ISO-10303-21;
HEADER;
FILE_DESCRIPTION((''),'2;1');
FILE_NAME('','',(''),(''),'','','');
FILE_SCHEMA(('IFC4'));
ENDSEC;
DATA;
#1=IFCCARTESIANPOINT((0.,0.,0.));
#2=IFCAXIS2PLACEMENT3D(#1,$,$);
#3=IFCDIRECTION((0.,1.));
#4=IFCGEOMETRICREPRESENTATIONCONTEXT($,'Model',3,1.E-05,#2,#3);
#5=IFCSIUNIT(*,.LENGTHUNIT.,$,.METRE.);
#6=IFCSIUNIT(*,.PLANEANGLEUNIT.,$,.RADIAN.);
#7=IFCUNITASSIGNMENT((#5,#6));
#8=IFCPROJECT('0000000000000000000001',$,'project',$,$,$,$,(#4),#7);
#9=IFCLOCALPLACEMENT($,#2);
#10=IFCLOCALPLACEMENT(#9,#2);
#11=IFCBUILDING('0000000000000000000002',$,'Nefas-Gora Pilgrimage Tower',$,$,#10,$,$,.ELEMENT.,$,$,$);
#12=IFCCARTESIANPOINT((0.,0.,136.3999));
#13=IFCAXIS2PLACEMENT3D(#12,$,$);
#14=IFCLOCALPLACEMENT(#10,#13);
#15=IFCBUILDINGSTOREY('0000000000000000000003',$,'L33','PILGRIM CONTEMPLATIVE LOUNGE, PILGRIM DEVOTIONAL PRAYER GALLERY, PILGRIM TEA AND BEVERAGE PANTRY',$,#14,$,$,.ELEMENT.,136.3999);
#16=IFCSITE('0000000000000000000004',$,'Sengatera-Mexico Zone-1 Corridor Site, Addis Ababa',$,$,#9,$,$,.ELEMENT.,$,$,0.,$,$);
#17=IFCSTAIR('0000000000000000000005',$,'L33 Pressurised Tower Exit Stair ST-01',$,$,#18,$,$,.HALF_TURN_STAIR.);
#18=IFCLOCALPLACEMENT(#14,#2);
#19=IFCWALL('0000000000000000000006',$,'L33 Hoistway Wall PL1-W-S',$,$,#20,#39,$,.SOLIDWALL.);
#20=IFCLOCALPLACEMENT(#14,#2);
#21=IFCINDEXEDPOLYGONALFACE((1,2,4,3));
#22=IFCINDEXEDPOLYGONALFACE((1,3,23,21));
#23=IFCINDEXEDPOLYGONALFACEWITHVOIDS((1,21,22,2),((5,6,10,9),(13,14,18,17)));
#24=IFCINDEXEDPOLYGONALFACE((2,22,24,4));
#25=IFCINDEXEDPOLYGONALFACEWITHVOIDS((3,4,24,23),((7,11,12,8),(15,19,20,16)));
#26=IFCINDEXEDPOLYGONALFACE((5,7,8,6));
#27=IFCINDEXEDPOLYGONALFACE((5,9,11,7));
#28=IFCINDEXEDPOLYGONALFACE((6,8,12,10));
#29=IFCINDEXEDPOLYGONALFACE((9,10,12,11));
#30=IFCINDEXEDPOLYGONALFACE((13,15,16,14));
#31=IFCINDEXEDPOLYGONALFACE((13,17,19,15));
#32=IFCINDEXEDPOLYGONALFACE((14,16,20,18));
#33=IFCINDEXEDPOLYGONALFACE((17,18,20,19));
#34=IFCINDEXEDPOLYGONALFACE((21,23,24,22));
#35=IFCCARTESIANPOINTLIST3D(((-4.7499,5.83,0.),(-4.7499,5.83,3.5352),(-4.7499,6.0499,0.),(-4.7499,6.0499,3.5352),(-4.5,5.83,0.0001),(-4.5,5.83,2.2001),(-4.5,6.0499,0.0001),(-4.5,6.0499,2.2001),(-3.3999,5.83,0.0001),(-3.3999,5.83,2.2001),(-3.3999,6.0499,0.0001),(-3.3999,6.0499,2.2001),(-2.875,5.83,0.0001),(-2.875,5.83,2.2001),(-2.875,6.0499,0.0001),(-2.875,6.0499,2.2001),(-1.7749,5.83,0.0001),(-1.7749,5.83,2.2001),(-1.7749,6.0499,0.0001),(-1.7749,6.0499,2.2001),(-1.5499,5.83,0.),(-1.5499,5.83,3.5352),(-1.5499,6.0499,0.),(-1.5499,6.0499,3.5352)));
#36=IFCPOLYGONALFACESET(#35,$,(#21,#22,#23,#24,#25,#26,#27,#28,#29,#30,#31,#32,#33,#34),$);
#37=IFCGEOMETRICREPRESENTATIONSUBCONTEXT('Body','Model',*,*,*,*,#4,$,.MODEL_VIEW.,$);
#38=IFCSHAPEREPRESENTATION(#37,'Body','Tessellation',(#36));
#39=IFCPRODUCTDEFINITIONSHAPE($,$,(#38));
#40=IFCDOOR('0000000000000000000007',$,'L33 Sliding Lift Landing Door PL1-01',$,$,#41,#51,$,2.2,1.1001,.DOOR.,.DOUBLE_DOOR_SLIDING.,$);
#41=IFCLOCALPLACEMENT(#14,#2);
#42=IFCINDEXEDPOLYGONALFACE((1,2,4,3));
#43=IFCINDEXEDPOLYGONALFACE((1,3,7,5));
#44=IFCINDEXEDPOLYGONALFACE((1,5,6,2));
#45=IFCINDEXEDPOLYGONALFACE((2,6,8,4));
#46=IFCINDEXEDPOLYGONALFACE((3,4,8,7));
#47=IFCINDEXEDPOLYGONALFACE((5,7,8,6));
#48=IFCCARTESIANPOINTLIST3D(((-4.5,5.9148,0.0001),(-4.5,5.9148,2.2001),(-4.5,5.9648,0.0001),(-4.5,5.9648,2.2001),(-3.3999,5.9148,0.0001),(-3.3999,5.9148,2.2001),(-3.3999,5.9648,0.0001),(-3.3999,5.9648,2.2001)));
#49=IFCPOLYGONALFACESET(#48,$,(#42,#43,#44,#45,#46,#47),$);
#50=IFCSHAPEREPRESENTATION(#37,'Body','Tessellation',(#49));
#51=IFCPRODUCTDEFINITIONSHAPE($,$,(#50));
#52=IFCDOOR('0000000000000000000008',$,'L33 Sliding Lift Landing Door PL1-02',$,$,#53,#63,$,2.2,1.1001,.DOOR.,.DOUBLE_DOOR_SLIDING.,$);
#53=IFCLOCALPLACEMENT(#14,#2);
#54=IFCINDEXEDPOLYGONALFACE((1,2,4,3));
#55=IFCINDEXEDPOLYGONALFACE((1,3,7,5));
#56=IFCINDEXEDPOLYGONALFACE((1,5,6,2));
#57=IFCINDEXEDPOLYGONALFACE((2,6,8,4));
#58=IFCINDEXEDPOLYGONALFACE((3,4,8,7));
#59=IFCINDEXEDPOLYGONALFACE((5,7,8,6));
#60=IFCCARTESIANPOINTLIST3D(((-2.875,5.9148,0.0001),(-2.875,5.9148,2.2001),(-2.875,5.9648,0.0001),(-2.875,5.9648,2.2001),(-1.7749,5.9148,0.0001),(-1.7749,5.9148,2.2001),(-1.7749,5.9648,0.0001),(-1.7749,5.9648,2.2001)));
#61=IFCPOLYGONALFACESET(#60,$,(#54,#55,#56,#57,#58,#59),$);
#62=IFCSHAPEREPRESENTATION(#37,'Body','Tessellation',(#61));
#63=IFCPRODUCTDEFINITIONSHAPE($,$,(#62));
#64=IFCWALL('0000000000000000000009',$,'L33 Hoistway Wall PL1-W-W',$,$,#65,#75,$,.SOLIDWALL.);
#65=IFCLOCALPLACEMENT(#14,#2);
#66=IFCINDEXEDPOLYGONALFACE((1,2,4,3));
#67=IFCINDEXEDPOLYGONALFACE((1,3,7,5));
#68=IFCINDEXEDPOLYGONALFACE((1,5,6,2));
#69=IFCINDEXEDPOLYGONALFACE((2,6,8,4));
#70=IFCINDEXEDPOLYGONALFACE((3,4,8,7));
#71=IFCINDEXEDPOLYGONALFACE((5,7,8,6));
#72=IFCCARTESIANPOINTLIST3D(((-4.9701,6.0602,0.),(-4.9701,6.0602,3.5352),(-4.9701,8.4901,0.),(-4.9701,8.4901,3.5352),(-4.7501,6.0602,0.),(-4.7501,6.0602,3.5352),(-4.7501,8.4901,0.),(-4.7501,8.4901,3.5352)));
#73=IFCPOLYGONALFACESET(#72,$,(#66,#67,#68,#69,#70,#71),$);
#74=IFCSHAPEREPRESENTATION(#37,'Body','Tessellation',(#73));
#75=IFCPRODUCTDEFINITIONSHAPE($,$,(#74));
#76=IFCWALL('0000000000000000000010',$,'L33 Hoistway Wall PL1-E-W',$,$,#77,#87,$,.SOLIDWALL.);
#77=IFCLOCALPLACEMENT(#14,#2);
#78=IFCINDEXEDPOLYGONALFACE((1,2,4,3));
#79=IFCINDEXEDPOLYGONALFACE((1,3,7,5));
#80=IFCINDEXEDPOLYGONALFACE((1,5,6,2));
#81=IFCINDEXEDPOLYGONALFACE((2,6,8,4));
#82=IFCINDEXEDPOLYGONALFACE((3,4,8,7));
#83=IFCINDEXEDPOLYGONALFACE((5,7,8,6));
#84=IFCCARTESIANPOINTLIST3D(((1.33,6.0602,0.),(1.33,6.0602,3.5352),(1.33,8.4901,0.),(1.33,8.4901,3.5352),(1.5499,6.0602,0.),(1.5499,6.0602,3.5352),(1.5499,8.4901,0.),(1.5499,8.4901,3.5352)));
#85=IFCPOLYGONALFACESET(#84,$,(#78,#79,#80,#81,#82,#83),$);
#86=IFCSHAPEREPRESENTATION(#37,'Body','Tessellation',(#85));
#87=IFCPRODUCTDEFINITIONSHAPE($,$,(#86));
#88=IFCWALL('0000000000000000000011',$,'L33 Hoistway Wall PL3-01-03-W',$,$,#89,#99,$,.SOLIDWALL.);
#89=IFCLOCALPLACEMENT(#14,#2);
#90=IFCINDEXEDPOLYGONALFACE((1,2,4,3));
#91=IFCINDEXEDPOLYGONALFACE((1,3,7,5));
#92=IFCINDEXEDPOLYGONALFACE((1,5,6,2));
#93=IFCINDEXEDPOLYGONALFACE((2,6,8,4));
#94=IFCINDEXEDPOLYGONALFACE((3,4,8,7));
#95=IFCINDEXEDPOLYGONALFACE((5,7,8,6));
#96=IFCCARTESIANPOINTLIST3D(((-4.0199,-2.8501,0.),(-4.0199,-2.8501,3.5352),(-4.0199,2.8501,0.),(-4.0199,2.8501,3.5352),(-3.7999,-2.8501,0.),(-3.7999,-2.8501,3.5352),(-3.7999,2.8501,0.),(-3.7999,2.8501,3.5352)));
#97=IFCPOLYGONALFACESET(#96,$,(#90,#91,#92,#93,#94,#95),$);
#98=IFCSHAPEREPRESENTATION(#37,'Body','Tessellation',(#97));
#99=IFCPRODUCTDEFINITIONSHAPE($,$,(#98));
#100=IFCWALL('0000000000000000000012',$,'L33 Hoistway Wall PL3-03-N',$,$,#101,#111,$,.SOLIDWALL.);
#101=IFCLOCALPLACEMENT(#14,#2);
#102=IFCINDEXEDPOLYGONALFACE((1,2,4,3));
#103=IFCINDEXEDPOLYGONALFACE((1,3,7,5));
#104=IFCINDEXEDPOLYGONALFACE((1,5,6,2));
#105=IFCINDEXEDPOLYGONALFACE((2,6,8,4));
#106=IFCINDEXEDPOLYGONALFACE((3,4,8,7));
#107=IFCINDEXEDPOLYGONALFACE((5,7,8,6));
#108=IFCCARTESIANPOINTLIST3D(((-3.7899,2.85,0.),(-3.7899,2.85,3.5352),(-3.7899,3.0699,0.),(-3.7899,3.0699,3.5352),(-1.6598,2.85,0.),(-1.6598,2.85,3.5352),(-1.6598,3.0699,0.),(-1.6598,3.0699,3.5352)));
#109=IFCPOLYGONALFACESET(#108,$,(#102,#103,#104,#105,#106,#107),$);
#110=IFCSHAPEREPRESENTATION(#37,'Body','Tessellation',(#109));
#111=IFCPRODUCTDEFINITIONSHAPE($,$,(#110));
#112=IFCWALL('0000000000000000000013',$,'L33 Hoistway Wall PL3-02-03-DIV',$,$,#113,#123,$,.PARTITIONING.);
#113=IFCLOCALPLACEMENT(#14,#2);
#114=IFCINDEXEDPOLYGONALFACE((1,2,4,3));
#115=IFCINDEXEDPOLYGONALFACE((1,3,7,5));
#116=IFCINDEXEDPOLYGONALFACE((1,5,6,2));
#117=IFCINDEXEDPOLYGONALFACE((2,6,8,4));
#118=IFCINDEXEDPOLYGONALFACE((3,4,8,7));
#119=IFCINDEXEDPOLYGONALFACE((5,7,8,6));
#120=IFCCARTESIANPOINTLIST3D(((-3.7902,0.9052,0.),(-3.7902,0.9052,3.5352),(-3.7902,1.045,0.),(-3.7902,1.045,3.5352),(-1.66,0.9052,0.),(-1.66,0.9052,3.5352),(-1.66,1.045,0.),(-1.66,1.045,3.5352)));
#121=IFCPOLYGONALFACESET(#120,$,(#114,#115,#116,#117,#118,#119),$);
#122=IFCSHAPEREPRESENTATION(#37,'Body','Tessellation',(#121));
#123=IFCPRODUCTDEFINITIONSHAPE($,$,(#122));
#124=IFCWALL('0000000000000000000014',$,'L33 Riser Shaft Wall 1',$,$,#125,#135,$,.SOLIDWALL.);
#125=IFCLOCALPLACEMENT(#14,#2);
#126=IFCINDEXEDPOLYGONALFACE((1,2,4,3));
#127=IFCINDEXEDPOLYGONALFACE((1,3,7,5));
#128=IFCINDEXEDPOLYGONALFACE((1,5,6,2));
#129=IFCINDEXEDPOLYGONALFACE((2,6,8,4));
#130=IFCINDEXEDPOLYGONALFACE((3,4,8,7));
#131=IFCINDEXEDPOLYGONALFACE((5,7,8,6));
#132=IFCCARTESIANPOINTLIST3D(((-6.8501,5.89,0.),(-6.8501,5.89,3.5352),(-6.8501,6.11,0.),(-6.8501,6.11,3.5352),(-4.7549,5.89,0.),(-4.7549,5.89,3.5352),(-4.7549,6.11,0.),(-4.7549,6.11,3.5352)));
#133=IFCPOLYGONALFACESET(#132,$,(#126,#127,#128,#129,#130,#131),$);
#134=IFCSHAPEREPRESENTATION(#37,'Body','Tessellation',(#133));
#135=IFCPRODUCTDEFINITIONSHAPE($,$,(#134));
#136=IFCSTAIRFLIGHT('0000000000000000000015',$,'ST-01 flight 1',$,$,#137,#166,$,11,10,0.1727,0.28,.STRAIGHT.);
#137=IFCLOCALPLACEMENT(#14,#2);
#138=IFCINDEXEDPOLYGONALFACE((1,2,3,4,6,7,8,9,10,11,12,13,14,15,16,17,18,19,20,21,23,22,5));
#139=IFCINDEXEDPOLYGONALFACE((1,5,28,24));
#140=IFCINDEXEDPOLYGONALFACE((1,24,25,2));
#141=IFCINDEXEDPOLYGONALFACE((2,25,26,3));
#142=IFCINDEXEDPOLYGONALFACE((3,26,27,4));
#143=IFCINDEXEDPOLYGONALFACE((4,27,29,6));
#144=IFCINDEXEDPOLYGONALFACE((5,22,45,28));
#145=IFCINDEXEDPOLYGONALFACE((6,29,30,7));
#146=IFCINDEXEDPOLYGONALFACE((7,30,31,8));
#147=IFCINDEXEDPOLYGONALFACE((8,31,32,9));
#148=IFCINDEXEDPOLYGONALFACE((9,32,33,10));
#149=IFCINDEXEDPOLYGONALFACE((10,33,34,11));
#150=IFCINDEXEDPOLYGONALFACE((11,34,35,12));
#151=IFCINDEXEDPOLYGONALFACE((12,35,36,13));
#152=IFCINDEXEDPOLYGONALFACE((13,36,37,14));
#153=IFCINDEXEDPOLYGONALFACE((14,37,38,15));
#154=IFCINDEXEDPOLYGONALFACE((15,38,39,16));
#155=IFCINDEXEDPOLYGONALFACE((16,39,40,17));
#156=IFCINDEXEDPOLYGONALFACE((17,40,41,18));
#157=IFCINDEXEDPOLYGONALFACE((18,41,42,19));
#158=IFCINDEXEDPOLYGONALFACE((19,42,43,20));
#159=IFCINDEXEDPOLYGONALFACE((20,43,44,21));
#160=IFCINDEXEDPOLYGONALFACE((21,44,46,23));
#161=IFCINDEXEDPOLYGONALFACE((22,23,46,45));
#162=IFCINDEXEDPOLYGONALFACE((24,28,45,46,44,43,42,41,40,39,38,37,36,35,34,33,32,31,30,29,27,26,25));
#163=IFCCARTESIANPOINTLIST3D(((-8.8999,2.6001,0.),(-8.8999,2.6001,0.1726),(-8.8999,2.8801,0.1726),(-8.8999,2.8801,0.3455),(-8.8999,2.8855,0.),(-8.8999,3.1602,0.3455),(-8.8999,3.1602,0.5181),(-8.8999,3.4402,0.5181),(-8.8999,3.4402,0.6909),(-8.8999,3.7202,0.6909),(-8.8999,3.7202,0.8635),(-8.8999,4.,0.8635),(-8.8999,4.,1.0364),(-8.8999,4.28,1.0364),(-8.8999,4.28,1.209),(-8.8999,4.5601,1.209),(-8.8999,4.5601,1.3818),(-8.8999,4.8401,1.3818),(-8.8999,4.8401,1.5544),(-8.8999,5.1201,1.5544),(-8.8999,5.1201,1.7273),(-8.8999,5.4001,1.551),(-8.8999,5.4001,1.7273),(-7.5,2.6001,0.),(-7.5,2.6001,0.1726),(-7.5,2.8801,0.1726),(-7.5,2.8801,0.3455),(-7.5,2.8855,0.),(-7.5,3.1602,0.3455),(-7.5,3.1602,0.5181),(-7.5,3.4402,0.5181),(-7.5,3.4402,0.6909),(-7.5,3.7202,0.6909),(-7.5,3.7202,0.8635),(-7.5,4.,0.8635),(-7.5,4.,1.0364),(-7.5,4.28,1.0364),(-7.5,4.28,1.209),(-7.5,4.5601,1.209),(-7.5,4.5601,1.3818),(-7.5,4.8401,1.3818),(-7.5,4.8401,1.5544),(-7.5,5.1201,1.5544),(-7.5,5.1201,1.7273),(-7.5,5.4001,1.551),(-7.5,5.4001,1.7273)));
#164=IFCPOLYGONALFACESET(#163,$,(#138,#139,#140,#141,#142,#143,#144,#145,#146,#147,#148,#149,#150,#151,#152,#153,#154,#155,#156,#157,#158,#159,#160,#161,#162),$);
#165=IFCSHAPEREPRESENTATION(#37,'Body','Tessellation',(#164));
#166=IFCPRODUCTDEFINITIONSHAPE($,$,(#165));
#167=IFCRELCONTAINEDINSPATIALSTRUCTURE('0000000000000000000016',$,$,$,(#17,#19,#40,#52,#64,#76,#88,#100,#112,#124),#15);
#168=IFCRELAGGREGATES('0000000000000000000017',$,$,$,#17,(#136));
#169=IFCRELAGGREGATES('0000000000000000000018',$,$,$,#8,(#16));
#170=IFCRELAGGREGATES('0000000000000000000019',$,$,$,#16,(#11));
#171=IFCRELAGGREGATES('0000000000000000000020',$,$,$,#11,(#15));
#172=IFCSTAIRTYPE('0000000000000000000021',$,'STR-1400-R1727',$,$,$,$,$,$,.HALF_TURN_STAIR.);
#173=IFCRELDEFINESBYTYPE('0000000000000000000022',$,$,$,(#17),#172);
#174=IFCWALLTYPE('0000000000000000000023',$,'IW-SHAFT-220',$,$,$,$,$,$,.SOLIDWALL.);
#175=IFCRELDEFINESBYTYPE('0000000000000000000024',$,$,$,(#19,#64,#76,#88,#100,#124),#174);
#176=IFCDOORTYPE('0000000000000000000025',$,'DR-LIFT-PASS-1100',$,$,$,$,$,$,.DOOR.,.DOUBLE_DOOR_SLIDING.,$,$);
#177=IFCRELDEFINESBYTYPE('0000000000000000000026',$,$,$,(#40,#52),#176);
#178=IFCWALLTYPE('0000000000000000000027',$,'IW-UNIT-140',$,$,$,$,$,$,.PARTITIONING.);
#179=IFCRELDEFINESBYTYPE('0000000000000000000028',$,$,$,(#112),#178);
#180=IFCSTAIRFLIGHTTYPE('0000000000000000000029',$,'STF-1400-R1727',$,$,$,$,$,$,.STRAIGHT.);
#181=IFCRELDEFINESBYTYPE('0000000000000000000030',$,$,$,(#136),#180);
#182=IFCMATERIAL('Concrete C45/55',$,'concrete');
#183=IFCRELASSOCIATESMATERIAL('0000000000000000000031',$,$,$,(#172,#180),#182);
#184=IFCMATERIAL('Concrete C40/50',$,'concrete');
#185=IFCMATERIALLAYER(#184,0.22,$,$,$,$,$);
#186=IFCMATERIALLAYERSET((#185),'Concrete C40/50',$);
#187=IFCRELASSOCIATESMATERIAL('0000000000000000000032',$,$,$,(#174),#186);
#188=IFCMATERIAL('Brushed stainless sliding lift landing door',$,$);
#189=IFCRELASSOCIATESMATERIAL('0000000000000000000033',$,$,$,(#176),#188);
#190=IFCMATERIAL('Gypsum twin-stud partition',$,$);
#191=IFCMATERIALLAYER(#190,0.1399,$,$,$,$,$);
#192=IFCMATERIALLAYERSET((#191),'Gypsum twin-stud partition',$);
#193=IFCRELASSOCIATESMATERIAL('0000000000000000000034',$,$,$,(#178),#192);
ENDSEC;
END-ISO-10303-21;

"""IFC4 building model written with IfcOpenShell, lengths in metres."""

from ifc_helpers import new_model, si_unit, direction, frame, frame_2d, origin, place, context, subcontext, project, spatial, polyline, rectangle, outline, extrude, source, transform, mapped, material, layer, layer_set, type_object, element, fill, aggregate, save


model = new_model("IFC4")

# Units and contexts
model_context = context("Model", 3, precision=1e-05, world=origin(), true_north=direction((0.0, 1.0)))
body_context = subcontext(model_context, "Body", "Model", "MODEL_VIEW")
ifc_project = project(units=[si_unit("LENGTHUNIT", "METRE"), si_unit("PLANEANGLEUNIT", "RADIAN")], contexts=[model_context])

# Site, building, storey
site_placement = place(None, origin())
site = spatial("IfcSite", under=ifc_project, at=site_placement, Name="Sengatera-Mexico Zone-1 Corridor Site, Addis Ababa", CompositionType="ELEMENT", RefElevation=0.0)
building_placement = place(site_placement, origin())
building = spatial("IfcBuilding", under=site, at=building_placement, Name="Nefas-Gora Pilgrimage Tower", CompositionType="ELEMENT")
storey_placement = place(building_placement, frame((0.0, 0.0, 136.3999)))
storey = spatial("IfcBuildingStorey", under=building, at=storey_placement, Name="L33", Description="PILGRIM CONTEMPLATIVE LOUNGE, PILGRIM DEVOTIONAL PRAYER GALLERY, PILGRIM TEA AND BEVERAGE PANTRY", CompositionType="ELEMENT", Elevation=136.3999)

# Shared definitions
ifc_material_1 = material(Name="Concrete C40/50", Category="concrete")

# Stair
ifc_material_2 = material(Name="Concrete C45/55", Category="concrete")
stair_type = type_object("IfcStairType", Name="STR-1400-R1727", PredefinedType="HALF_TURN_STAIR", material=ifc_material_2)
stair_1_placement = place(storey_placement, origin())
stair_1 = element("IfcStair", 1, at=stair_1_placement, inside=storey, type_object=stair_type, Name="L33 Pressurised Tower Exit Stair ST-01", PredefinedType="HALF_TURN_STAIR")

# Shared definitions
ifc_layer_1 = layer(ifc_material_1, 0.22)
ifc_layer_set_1 = layer_set([ifc_layer_1], Name="Concrete C40/50")
wall_type_1 = type_object("IfcWallType", Name="IW-SHAFT-220", PredefinedType="SOLIDWALL", material=ifc_layer_set_1)

# Wall, openings, doors
shared_shape_1 = source(origin(), body_context, "Body", "SweptSolid", [
    extrude(rectangle(XDim=3.2, YDim=0.22, at=frame_2d((1.6001, 0.0))), origin(), (0.0, 0.0, 1.0), 3.5352),
])
wall_1_placement = place(storey_placement, frame((-4.75, 5.9399, 0.0), z_axis=(0.0, 0.0, 1.0), x_axis=(1.0, 0.0, 0.0)))
wall_1 = element("IfcWall", 2, at=wall_1_placement, inside=storey, type_object=wall_type_1, Name="L33 Hoistway Wall PL1-W-S", PredefinedType="SOLIDWALL", context=body_context, shape_type="MappedRepresentation", body=[
    mapped(shared_shape_1, transform((0.0, 0.0, 0.0), x_axis=(1.0, 0.0, 0.0), y_axis=(0.0, 1.0, 0.0), z_axis=(0.0, 0.0, 1.0), scale=1.0)),
])
opening_1_placement = place(wall_1_placement, frame((0.25, 0.0, 0.0)))
opening_1 = element("IfcOpeningElement", 3, at=opening_1_placement, cuts=wall_1, PredefinedType="OPENING", context=body_context, shape_type="SweptSolid", body=[
    extrude(rectangle(XDim=1.1001, YDim=2.2, at=frame_2d((0.55, 1.1001))), frame((0.0, 0.1199, 0.0), z_axis=(0.0, -1.0, 0.0), x_axis=(1.0, 0.0, 0.0)), (0.0, 0.0, 1.0), 0.24),
])
opening_2_placement = place(wall_1_placement, frame((1.875, 0.0, 0.0)))
opening_2 = element("IfcOpeningElement", 4, at=opening_2_placement, cuts=wall_1, PredefinedType="OPENING", context=body_context, shape_type="SweptSolid", body=[
    extrude(rectangle(XDim=1.1001, YDim=2.2, at=frame_2d((0.55, 1.1001))), frame((0.0, 0.1199, 0.0), z_axis=(0.0, -1.0, 0.0), x_axis=(1.0, 0.0, 0.0)), (0.0, 0.0, 1.0), 0.24),
])
ifc_material_3 = material(Name="Brushed stainless sliding lift landing door")
door_type_1 = type_object("IfcDoorType", Name="DR-LIFT-PASS-1100", OperationType="DOUBLE_DOOR_SLIDING", PredefinedType="DOOR", material=ifc_material_3)
shared_shape_2 = source(origin(), body_context, "Body", "SweptSolid", [
    extrude(rectangle(XDim=1.1001, YDim=2.2, at=frame_2d((0.55, 1.1001))), frame((0.0, 0.0249, 0.0), z_axis=(0.0, -1.0, 0.0), x_axis=(1.0, 0.0, 0.0)), (0.0, 0.0, 1.0), 0.05),
])
door_1_placement = place(opening_1_placement, origin())
door_1 = element("IfcDoor", 5, at=door_1_placement, inside=storey, type_object=door_type_1, Name="L33 Sliding Lift Landing Door PL1-01", OperationType="DOUBLE_DOOR_SLIDING", OverallHeight=2.2, OverallWidth=1.1001, PredefinedType="DOOR", context=body_context, shape_type="MappedRepresentation", body=[
    mapped(shared_shape_2, transform((0.0, 0.0, 0.0), x_axis=(1.0, 0.0, 0.0), y_axis=(0.0, 1.0, 0.0), z_axis=(0.0, 0.0, 1.0), scale=1.0)),
])
fill(opening_1, door_1)
door_2_placement = place(opening_2_placement, origin())
door_2 = element("IfcDoor", 6, at=door_2_placement, inside=storey, type_object=door_type_1, Name="L33 Sliding Lift Landing Door PL1-02", OperationType="DOUBLE_DOOR_SLIDING", OverallHeight=2.2, OverallWidth=1.1001, PredefinedType="DOOR", context=body_context, shape_type="MappedRepresentation", body=[
    mapped(shared_shape_2, transform((0.0, 0.0, 0.0), x_axis=(1.0, 0.0, 0.0), y_axis=(0.0, 1.0, 0.0), z_axis=(0.0, 0.0, 1.0), scale=1.0)),
])
fill(opening_2, door_2)

# Walls
shared_shape_3 = source(origin(), body_context, "Body", "SweptSolid", [
    extrude(rectangle(XDim=2.4299, YDim=0.22, at=frame_2d((1.2148, 0.0))), origin(), (0.0, 0.0, 1.0), 3.5352),
])
for number, where, z_axis, x_axis, name in (
    (7, (-4.8601, 8.49, 0.0), (0.0, 0.0, 1.0), (0.0, -1.0, 0.0), "L33 Hoistway Wall PL1-W-W"),
    (8, (1.4399, 8.49, 0.0), (0.0, 0.0, 1.0), (0.0, -1.0, 0.0), "L33 Hoistway Wall PL1-E-W"),
):
    element("IfcWall", number, at=place(storey_placement, frame(where, z_axis=z_axis, x_axis=x_axis)), inside=storey, type_object=wall_type_1, Name=name, PredefinedType="SOLIDWALL", context=body_context, shape_type="MappedRepresentation", body=[
        mapped(shared_shape_3, transform((0.0, 0.0, 0.0), x_axis=(1.0, 0.0, 0.0), y_axis=(0.0, 1.0, 0.0), z_axis=(0.0, 0.0, 1.0), scale=1.0)),
    ])
ifc_material_4 = material(Name="Gypsum twin-stud partition")
ifc_layer_2 = layer(ifc_material_4, 0.1399)
ifc_layer_set_2 = layer_set([ifc_layer_2], Name="Gypsum twin-stud partition")
wall_type_2 = type_object("IfcWallType", Name="IW-UNIT-140", PredefinedType="PARTITIONING", material=ifc_layer_set_2)
shared_shape_4 = source(origin(), body_context, "Body", "SweptSolid", [
    extrude(rectangle(XDim=5.7002, YDim=0.22, at=frame_2d((2.8501, 0.0))), origin(), (0.0, 0.0, 1.0), 3.5352),
])
wall_2_placement = place(storey_placement, frame((-3.9099, 2.8501, 0.0), z_axis=(0.0, 0.0, 1.0), x_axis=(0.0, -1.0, 0.0)))
element("IfcWall", 9, at=wall_2_placement, inside=storey, type_object=wall_type_1, Name="L33 Hoistway Wall PL3-01-03-W", PredefinedType="SOLIDWALL", context=body_context, shape_type="MappedRepresentation", body=[
    mapped(shared_shape_4, transform((0.0, 0.0, 0.0), x_axis=(1.0, 0.0, 0.0), y_axis=(0.0, 1.0, 0.0), z_axis=(0.0, 0.0, 1.0), scale=1.0)),
])
shared_shape_5 = source(origin(), body_context, "Body", "SweptSolid", [
    extrude(rectangle(XDim=2.1301, YDim=0.22, at=frame_2d((1.0649, 0.0))), origin(), (0.0, 0.0, 1.0), 3.5352),
])
wall_3_placement = place(storey_placement, frame((-1.6599, 2.96, 0.0), z_axis=(0.0, 0.0, 1.0), x_axis=(-1.0, 0.0, 0.0)))
element("IfcWall", 10, at=wall_3_placement, inside=storey, type_object=wall_type_1, Name="L33 Hoistway Wall PL3-03-N", PredefinedType="SOLIDWALL", context=body_context, shape_type="MappedRepresentation", body=[
    mapped(shared_shape_5, transform((0.0, 0.0, 0.0), x_axis=(1.0, 0.0, 0.0), y_axis=(0.0, 1.0, 0.0), z_axis=(0.0, 0.0, 1.0), scale=1.0)),
])
shared_shape_6 = source(origin(), body_context, "Body", "SweptSolid", [
    extrude(rectangle(XDim=2.1301, YDim=0.1399, at=frame_2d((1.0649, 0.0))), origin(), (0.0, 0.0, 1.0), 3.5352),
])
wall_4_placement = place(storey_placement, frame((-3.79, 0.9751, 0.0), z_axis=(0.0, 0.0, 1.0), x_axis=(1.0, 0.0, 0.0)))
element("IfcWall", 11, at=wall_4_placement, inside=storey, type_object=wall_type_2, Name="L33 Hoistway Wall PL3-02-03-DIV", PredefinedType="PARTITIONING", context=body_context, shape_type="MappedRepresentation", body=[
    mapped(shared_shape_6, transform((0.0, 0.0, 0.0), x_axis=(1.0, 0.0, 0.0), y_axis=(0.0, 1.0, 0.0), z_axis=(0.0, 0.0, 1.0), scale=1.0)),
])
shared_shape_7 = source(origin(), body_context, "Body", "SweptSolid", [
    extrude(rectangle(XDim=2.0952, YDim=0.22, at=frame_2d((1.0476, 0.0))), origin(), (0.0, 0.0, 1.0), 3.5352),
])
wall_5_placement = place(storey_placement, frame((-6.8501, 6.0, 0.0), z_axis=(0.0, 0.0, 1.0), x_axis=(1.0, 0.0, 0.0)))
element("IfcWall", 12, at=wall_5_placement, inside=storey, type_object=wall_type_1, Name="L33 Riser Shaft Wall 1", PredefinedType="SOLIDWALL", context=body_context, shape_type="MappedRepresentation", body=[
    mapped(shared_shape_7, transform((0.0, 0.0, 0.0), x_axis=(1.0, 0.0, 0.0), y_axis=(0.0, 1.0, 0.0), z_axis=(0.0, 0.0, 1.0), scale=1.0)),
])

# Stair flight
stair_flight_type = type_object("IfcStairFlightType", Name="STF-1400-R1727", PredefinedType="STRAIGHT", material=ifc_material_2)
shared_shape_8 = source(origin(), body_context, "Body", "SweptSolid", [
    extrude(outline(polyline([(0.0, 0.0), (0.0, 0.1726), (0.28, 0.1726), (0.28, 0.3455), (0.5601, 0.3455), (0.5601, 0.5181), (0.8401, 0.5181), (0.8401, 0.6909), (1.1201, 0.6909), (1.1201, 0.8635), (1.3999, 0.8635), (1.3999, 1.0364), (1.6799, 1.0364), (1.6799, 1.209), (1.96, 1.209), (1.96, 1.3818), (2.24, 1.3818), (2.24, 1.5544), (2.52, 1.5544), (2.52, 1.7273), (2.8, 1.7273), (2.8, 1.8999), (2.8, 1.551), (0.2854, 0.0), (0.0, 0.0)])), frame((0.0, 0.7, 0.0), z_axis=(0.0, -1.0, 0.0), x_axis=(1.0, 0.0, 0.0)), (0.0, 0.0, 1.0), 1.3999),
])
stair_flight_1_placement = place(storey_placement, frame((-8.2, 2.6001, 0.0), z_axis=(0.0, 0.0, 1.0), x_axis=(0.0, 1.0, 0.0)))
stair_flight_1 = element("IfcStairFlight", 13, at=stair_flight_1_placement, type_object=stair_flight_type, Name="ST-01 flight 1", NumberOfRisers=11, NumberOfTreads=10, PredefinedType="STRAIGHT", RiserHeight=0.1727, TreadLength=0.28, context=body_context, shape_type="MappedRepresentation", body=[
    mapped(shared_shape_8, transform((0.0, 0.0, 0.0), x_axis=(1.0, 0.0, 0.0), y_axis=(0.0, 1.0, 0.0), z_axis=(0.0, 0.0, 1.0), scale=1.0)),
])
aggregate(stair_1, [stair_flight_1])

save(model, "model.ifc")
